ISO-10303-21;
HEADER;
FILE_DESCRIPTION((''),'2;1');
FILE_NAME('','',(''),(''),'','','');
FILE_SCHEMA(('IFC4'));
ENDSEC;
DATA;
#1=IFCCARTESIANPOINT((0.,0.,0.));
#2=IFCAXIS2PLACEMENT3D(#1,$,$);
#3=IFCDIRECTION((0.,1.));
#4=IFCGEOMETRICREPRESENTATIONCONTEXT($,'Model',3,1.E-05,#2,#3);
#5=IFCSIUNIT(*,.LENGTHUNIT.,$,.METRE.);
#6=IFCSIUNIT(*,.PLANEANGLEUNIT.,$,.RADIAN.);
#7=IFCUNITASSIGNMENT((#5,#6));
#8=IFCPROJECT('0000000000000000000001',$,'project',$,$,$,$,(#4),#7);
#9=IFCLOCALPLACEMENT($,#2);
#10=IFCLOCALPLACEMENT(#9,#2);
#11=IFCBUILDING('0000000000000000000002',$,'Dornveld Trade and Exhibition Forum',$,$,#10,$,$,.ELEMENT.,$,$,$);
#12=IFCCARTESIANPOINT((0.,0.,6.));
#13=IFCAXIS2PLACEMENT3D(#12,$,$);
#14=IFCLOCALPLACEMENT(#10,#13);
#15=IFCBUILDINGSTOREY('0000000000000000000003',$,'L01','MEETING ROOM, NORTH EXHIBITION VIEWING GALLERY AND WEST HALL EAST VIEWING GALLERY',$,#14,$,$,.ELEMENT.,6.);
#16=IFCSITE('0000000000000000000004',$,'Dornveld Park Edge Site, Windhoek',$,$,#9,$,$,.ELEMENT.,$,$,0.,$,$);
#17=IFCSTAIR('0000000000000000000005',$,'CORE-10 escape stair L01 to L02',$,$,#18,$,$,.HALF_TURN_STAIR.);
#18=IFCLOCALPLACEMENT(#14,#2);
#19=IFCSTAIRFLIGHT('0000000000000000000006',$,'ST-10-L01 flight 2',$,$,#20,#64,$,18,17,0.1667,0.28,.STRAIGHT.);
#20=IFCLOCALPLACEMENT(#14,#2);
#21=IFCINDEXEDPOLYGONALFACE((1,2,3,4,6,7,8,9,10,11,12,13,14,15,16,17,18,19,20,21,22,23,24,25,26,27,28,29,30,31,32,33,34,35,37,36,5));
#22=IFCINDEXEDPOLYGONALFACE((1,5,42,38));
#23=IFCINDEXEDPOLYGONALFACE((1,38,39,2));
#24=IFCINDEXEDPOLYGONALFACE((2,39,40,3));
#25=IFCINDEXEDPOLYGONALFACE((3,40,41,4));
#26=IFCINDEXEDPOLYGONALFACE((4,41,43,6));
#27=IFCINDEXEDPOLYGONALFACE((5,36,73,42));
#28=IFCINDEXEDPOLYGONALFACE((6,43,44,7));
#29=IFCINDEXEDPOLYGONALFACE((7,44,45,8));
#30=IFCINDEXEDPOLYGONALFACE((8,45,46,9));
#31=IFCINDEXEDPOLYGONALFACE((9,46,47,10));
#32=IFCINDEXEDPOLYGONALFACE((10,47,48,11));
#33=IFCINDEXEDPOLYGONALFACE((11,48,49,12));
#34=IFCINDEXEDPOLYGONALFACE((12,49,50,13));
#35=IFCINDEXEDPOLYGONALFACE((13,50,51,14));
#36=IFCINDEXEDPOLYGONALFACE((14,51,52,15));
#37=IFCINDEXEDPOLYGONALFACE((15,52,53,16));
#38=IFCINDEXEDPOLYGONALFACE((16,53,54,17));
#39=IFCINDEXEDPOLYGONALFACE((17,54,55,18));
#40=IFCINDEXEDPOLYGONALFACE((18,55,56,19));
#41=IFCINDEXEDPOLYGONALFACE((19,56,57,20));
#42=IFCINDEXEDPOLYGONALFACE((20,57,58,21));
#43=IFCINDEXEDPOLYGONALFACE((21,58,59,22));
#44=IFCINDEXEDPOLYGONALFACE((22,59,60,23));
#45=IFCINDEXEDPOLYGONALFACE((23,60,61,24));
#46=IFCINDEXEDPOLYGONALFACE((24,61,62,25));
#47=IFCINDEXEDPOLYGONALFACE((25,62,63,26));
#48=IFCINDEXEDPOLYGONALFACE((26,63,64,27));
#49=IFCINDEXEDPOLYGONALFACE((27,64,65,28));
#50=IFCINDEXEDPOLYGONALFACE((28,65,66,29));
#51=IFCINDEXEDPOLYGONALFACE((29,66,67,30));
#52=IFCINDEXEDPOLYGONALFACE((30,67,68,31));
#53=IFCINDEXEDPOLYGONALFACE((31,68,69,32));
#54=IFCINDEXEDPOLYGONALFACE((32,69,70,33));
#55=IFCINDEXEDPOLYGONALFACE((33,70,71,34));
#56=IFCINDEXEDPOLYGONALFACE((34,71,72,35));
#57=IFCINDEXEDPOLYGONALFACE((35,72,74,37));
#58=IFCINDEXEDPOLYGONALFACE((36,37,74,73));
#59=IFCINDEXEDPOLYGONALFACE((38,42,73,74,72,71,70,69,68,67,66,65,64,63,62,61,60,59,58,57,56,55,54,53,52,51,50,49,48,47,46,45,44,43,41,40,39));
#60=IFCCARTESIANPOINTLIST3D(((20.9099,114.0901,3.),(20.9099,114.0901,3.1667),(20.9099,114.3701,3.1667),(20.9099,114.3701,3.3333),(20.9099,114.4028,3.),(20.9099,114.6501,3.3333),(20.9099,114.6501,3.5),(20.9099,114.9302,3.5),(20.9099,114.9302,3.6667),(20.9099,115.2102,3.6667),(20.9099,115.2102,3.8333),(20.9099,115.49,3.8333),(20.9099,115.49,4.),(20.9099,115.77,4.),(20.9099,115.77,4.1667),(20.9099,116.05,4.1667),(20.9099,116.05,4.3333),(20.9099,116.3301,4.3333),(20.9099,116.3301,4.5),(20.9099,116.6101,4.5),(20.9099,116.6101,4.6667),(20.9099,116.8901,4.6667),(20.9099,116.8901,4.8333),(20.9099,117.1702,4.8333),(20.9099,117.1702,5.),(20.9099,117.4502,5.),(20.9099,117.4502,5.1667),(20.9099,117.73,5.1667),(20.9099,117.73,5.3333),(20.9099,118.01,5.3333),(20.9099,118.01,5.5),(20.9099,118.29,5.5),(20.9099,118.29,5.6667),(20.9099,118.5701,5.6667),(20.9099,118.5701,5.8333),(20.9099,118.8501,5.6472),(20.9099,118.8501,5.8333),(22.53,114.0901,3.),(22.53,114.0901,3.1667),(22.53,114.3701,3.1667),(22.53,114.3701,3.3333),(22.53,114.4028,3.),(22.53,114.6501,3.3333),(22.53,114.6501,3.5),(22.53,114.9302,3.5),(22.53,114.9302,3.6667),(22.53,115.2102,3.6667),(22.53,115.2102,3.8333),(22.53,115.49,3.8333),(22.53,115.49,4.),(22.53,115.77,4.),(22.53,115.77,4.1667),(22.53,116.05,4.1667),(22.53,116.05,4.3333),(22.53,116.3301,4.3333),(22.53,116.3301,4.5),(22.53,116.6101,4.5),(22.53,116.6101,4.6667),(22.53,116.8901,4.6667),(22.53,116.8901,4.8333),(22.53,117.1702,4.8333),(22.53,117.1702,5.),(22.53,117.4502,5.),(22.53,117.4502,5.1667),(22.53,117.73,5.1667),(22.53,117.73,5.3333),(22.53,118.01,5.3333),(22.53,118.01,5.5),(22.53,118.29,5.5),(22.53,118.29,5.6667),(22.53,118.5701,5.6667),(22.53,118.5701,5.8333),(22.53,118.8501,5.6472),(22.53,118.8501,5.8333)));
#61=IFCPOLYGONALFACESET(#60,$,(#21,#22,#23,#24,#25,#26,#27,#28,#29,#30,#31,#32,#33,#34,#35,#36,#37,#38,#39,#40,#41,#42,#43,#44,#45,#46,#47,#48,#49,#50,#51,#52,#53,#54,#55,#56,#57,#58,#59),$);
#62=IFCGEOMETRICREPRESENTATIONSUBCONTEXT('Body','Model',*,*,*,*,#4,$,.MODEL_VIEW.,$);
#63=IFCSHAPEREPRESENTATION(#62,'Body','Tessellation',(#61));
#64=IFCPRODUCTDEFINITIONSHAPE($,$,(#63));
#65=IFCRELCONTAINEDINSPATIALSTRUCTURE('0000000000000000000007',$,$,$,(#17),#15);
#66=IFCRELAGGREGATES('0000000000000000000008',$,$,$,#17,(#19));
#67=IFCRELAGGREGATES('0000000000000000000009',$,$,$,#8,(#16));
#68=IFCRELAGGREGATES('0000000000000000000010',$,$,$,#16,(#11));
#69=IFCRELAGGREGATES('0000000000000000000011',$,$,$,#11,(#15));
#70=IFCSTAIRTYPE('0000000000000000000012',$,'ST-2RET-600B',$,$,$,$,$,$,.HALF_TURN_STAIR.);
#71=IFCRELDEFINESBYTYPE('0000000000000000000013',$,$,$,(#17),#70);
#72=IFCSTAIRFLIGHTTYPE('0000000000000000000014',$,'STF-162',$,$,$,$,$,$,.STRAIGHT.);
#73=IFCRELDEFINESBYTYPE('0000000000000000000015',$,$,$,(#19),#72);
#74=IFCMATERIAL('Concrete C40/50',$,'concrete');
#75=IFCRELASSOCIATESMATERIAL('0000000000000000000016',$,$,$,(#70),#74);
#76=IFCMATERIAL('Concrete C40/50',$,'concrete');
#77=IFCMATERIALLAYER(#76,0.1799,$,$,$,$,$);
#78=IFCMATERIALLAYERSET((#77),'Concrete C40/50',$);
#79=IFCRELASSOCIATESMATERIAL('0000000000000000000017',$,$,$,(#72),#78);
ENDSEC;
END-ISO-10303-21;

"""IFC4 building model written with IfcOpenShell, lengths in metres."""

from ifc_helpers import new_model, si_unit, direction, frame, origin, place, context, subcontext, project, spatial, polyline, outline, extrude, material, layer, layer_set, type_object, element, aggregate, save


model = new_model("IFC4")

# Units and contexts
model_context = context("Model", 3, precision=1e-05, world=origin(), true_north=direction((0.0, 1.0)))
body_context = subcontext(model_context, "Body", "Model", "MODEL_VIEW")
ifc_project = project(units=[si_unit("LENGTHUNIT", "METRE"), si_unit("PLANEANGLEUNIT", "RADIAN")], contexts=[model_context])

# Site, building, storey
site_placement = place(None, origin())
site = spatial("IfcSite", under=ifc_project, at=site_placement, Name="Dornveld Park Edge Site, Windhoek", CompositionType="ELEMENT", RefElevation=0.0)
building_placement = place(site_placement, origin())
building = spatial("IfcBuilding", under=site, at=building_placement, Name="Dornveld Trade and Exhibition Forum", CompositionType="ELEMENT")
storey_placement = place(building_placement, frame((0.0, 0.0, 6.0)))
storey = spatial("IfcBuildingStorey", under=building, at=storey_placement, Name="L01", Description="MEETING ROOM, NORTH EXHIBITION VIEWING GALLERY AND WEST HALL EAST VIEWING GALLERY", CompositionType="ELEMENT", Elevation=6.0)

# Stair, stair flight
ifc_material_1 = material(Name="Concrete C40/50", Category="concrete")
stair_type = type_object("IfcStairType", Name="ST-2RET-600B", PredefinedType="HALF_TURN_STAIR", material=ifc_material_1)
stair_placement = place(storey_placement, origin())
stair = element("IfcStair", 1, at=stair_placement, inside=storey, type_object=stair_type, Name="CORE-10 escape stair L01 to L02", PredefinedType="HALF_TURN_STAIR")
ifc_material_2 = material(Name="Concrete C40/50", Category="concrete")
ifc_layer_1 = layer(ifc_material_2, 0.1799)
ifc_layer_set_1 = layer_set([ifc_layer_1], Name="Concrete C40/50")
stair_flight_type = type_object("IfcStairFlightType", Name="STF-162", PredefinedType="STRAIGHT", material=ifc_layer_set_1)
stair_flight_placement = place(storey_placement, frame((21.72, 114.0901, 3.0), z_axis=(0.0, 0.0, 1.0), x_axis=(0.0, 1.0, 0.0)))
stair_flight = element("IfcStairFlight", 2, at=stair_flight_placement, type_object=stair_flight_type, Name="ST-10-L01 flight 2", NumberOfRisers=18, NumberOfTreads=17, PredefinedType="STRAIGHT", RiserHeight=0.1667, TreadLength=0.28, context=body_context, shape_type="SweptSolid", body=[
    extrude(outline(polyline([(0.0, 0.0), (0.0, 0.1667), (0.28, 0.1667), (0.28, 0.3333), (0.5601, 0.3333), (0.5601, 0.5), (0.8401, 0.5), (0.8401, 0.6667), (1.1201, 0.6667), (1.1201, 0.8333), (1.3999, 0.8333), (1.3999, 1.0), (1.6799, 1.0), (1.6799, 1.1667), (1.96, 1.1667), (1.96, 1.3333), (2.24, 1.3333), (2.24, 1.5), (2.52, 1.5), (2.52, 1.6667), (2.8, 1.6667), (2.8, 1.8333), (3.0801, 1.8333), (3.0801, 2.0), (3.3601, 2.0), (3.3601, 2.1667), (3.6399, 2.1667), (3.6399, 2.3333), (3.9199, 2.3333), (3.9199, 2.5), (4.2, 2.5), (4.2, 2.6667), (4.48, 2.6667), (4.48, 2.8333), (4.76, 2.8333), (4.76, 3.0), (4.76, 2.6472), (0.3127, 0.0), (0.0, 0.0)])), frame((0.0, 0.8101, 0.0), z_axis=(0.0, -1.0, 0.0), x_axis=(1.0, 0.0, 0.0)), (0.0, 0.0, 1.0), 1.6201),
])
aggregate(stair, [stair_flight])

save(model, "model.ifc")
